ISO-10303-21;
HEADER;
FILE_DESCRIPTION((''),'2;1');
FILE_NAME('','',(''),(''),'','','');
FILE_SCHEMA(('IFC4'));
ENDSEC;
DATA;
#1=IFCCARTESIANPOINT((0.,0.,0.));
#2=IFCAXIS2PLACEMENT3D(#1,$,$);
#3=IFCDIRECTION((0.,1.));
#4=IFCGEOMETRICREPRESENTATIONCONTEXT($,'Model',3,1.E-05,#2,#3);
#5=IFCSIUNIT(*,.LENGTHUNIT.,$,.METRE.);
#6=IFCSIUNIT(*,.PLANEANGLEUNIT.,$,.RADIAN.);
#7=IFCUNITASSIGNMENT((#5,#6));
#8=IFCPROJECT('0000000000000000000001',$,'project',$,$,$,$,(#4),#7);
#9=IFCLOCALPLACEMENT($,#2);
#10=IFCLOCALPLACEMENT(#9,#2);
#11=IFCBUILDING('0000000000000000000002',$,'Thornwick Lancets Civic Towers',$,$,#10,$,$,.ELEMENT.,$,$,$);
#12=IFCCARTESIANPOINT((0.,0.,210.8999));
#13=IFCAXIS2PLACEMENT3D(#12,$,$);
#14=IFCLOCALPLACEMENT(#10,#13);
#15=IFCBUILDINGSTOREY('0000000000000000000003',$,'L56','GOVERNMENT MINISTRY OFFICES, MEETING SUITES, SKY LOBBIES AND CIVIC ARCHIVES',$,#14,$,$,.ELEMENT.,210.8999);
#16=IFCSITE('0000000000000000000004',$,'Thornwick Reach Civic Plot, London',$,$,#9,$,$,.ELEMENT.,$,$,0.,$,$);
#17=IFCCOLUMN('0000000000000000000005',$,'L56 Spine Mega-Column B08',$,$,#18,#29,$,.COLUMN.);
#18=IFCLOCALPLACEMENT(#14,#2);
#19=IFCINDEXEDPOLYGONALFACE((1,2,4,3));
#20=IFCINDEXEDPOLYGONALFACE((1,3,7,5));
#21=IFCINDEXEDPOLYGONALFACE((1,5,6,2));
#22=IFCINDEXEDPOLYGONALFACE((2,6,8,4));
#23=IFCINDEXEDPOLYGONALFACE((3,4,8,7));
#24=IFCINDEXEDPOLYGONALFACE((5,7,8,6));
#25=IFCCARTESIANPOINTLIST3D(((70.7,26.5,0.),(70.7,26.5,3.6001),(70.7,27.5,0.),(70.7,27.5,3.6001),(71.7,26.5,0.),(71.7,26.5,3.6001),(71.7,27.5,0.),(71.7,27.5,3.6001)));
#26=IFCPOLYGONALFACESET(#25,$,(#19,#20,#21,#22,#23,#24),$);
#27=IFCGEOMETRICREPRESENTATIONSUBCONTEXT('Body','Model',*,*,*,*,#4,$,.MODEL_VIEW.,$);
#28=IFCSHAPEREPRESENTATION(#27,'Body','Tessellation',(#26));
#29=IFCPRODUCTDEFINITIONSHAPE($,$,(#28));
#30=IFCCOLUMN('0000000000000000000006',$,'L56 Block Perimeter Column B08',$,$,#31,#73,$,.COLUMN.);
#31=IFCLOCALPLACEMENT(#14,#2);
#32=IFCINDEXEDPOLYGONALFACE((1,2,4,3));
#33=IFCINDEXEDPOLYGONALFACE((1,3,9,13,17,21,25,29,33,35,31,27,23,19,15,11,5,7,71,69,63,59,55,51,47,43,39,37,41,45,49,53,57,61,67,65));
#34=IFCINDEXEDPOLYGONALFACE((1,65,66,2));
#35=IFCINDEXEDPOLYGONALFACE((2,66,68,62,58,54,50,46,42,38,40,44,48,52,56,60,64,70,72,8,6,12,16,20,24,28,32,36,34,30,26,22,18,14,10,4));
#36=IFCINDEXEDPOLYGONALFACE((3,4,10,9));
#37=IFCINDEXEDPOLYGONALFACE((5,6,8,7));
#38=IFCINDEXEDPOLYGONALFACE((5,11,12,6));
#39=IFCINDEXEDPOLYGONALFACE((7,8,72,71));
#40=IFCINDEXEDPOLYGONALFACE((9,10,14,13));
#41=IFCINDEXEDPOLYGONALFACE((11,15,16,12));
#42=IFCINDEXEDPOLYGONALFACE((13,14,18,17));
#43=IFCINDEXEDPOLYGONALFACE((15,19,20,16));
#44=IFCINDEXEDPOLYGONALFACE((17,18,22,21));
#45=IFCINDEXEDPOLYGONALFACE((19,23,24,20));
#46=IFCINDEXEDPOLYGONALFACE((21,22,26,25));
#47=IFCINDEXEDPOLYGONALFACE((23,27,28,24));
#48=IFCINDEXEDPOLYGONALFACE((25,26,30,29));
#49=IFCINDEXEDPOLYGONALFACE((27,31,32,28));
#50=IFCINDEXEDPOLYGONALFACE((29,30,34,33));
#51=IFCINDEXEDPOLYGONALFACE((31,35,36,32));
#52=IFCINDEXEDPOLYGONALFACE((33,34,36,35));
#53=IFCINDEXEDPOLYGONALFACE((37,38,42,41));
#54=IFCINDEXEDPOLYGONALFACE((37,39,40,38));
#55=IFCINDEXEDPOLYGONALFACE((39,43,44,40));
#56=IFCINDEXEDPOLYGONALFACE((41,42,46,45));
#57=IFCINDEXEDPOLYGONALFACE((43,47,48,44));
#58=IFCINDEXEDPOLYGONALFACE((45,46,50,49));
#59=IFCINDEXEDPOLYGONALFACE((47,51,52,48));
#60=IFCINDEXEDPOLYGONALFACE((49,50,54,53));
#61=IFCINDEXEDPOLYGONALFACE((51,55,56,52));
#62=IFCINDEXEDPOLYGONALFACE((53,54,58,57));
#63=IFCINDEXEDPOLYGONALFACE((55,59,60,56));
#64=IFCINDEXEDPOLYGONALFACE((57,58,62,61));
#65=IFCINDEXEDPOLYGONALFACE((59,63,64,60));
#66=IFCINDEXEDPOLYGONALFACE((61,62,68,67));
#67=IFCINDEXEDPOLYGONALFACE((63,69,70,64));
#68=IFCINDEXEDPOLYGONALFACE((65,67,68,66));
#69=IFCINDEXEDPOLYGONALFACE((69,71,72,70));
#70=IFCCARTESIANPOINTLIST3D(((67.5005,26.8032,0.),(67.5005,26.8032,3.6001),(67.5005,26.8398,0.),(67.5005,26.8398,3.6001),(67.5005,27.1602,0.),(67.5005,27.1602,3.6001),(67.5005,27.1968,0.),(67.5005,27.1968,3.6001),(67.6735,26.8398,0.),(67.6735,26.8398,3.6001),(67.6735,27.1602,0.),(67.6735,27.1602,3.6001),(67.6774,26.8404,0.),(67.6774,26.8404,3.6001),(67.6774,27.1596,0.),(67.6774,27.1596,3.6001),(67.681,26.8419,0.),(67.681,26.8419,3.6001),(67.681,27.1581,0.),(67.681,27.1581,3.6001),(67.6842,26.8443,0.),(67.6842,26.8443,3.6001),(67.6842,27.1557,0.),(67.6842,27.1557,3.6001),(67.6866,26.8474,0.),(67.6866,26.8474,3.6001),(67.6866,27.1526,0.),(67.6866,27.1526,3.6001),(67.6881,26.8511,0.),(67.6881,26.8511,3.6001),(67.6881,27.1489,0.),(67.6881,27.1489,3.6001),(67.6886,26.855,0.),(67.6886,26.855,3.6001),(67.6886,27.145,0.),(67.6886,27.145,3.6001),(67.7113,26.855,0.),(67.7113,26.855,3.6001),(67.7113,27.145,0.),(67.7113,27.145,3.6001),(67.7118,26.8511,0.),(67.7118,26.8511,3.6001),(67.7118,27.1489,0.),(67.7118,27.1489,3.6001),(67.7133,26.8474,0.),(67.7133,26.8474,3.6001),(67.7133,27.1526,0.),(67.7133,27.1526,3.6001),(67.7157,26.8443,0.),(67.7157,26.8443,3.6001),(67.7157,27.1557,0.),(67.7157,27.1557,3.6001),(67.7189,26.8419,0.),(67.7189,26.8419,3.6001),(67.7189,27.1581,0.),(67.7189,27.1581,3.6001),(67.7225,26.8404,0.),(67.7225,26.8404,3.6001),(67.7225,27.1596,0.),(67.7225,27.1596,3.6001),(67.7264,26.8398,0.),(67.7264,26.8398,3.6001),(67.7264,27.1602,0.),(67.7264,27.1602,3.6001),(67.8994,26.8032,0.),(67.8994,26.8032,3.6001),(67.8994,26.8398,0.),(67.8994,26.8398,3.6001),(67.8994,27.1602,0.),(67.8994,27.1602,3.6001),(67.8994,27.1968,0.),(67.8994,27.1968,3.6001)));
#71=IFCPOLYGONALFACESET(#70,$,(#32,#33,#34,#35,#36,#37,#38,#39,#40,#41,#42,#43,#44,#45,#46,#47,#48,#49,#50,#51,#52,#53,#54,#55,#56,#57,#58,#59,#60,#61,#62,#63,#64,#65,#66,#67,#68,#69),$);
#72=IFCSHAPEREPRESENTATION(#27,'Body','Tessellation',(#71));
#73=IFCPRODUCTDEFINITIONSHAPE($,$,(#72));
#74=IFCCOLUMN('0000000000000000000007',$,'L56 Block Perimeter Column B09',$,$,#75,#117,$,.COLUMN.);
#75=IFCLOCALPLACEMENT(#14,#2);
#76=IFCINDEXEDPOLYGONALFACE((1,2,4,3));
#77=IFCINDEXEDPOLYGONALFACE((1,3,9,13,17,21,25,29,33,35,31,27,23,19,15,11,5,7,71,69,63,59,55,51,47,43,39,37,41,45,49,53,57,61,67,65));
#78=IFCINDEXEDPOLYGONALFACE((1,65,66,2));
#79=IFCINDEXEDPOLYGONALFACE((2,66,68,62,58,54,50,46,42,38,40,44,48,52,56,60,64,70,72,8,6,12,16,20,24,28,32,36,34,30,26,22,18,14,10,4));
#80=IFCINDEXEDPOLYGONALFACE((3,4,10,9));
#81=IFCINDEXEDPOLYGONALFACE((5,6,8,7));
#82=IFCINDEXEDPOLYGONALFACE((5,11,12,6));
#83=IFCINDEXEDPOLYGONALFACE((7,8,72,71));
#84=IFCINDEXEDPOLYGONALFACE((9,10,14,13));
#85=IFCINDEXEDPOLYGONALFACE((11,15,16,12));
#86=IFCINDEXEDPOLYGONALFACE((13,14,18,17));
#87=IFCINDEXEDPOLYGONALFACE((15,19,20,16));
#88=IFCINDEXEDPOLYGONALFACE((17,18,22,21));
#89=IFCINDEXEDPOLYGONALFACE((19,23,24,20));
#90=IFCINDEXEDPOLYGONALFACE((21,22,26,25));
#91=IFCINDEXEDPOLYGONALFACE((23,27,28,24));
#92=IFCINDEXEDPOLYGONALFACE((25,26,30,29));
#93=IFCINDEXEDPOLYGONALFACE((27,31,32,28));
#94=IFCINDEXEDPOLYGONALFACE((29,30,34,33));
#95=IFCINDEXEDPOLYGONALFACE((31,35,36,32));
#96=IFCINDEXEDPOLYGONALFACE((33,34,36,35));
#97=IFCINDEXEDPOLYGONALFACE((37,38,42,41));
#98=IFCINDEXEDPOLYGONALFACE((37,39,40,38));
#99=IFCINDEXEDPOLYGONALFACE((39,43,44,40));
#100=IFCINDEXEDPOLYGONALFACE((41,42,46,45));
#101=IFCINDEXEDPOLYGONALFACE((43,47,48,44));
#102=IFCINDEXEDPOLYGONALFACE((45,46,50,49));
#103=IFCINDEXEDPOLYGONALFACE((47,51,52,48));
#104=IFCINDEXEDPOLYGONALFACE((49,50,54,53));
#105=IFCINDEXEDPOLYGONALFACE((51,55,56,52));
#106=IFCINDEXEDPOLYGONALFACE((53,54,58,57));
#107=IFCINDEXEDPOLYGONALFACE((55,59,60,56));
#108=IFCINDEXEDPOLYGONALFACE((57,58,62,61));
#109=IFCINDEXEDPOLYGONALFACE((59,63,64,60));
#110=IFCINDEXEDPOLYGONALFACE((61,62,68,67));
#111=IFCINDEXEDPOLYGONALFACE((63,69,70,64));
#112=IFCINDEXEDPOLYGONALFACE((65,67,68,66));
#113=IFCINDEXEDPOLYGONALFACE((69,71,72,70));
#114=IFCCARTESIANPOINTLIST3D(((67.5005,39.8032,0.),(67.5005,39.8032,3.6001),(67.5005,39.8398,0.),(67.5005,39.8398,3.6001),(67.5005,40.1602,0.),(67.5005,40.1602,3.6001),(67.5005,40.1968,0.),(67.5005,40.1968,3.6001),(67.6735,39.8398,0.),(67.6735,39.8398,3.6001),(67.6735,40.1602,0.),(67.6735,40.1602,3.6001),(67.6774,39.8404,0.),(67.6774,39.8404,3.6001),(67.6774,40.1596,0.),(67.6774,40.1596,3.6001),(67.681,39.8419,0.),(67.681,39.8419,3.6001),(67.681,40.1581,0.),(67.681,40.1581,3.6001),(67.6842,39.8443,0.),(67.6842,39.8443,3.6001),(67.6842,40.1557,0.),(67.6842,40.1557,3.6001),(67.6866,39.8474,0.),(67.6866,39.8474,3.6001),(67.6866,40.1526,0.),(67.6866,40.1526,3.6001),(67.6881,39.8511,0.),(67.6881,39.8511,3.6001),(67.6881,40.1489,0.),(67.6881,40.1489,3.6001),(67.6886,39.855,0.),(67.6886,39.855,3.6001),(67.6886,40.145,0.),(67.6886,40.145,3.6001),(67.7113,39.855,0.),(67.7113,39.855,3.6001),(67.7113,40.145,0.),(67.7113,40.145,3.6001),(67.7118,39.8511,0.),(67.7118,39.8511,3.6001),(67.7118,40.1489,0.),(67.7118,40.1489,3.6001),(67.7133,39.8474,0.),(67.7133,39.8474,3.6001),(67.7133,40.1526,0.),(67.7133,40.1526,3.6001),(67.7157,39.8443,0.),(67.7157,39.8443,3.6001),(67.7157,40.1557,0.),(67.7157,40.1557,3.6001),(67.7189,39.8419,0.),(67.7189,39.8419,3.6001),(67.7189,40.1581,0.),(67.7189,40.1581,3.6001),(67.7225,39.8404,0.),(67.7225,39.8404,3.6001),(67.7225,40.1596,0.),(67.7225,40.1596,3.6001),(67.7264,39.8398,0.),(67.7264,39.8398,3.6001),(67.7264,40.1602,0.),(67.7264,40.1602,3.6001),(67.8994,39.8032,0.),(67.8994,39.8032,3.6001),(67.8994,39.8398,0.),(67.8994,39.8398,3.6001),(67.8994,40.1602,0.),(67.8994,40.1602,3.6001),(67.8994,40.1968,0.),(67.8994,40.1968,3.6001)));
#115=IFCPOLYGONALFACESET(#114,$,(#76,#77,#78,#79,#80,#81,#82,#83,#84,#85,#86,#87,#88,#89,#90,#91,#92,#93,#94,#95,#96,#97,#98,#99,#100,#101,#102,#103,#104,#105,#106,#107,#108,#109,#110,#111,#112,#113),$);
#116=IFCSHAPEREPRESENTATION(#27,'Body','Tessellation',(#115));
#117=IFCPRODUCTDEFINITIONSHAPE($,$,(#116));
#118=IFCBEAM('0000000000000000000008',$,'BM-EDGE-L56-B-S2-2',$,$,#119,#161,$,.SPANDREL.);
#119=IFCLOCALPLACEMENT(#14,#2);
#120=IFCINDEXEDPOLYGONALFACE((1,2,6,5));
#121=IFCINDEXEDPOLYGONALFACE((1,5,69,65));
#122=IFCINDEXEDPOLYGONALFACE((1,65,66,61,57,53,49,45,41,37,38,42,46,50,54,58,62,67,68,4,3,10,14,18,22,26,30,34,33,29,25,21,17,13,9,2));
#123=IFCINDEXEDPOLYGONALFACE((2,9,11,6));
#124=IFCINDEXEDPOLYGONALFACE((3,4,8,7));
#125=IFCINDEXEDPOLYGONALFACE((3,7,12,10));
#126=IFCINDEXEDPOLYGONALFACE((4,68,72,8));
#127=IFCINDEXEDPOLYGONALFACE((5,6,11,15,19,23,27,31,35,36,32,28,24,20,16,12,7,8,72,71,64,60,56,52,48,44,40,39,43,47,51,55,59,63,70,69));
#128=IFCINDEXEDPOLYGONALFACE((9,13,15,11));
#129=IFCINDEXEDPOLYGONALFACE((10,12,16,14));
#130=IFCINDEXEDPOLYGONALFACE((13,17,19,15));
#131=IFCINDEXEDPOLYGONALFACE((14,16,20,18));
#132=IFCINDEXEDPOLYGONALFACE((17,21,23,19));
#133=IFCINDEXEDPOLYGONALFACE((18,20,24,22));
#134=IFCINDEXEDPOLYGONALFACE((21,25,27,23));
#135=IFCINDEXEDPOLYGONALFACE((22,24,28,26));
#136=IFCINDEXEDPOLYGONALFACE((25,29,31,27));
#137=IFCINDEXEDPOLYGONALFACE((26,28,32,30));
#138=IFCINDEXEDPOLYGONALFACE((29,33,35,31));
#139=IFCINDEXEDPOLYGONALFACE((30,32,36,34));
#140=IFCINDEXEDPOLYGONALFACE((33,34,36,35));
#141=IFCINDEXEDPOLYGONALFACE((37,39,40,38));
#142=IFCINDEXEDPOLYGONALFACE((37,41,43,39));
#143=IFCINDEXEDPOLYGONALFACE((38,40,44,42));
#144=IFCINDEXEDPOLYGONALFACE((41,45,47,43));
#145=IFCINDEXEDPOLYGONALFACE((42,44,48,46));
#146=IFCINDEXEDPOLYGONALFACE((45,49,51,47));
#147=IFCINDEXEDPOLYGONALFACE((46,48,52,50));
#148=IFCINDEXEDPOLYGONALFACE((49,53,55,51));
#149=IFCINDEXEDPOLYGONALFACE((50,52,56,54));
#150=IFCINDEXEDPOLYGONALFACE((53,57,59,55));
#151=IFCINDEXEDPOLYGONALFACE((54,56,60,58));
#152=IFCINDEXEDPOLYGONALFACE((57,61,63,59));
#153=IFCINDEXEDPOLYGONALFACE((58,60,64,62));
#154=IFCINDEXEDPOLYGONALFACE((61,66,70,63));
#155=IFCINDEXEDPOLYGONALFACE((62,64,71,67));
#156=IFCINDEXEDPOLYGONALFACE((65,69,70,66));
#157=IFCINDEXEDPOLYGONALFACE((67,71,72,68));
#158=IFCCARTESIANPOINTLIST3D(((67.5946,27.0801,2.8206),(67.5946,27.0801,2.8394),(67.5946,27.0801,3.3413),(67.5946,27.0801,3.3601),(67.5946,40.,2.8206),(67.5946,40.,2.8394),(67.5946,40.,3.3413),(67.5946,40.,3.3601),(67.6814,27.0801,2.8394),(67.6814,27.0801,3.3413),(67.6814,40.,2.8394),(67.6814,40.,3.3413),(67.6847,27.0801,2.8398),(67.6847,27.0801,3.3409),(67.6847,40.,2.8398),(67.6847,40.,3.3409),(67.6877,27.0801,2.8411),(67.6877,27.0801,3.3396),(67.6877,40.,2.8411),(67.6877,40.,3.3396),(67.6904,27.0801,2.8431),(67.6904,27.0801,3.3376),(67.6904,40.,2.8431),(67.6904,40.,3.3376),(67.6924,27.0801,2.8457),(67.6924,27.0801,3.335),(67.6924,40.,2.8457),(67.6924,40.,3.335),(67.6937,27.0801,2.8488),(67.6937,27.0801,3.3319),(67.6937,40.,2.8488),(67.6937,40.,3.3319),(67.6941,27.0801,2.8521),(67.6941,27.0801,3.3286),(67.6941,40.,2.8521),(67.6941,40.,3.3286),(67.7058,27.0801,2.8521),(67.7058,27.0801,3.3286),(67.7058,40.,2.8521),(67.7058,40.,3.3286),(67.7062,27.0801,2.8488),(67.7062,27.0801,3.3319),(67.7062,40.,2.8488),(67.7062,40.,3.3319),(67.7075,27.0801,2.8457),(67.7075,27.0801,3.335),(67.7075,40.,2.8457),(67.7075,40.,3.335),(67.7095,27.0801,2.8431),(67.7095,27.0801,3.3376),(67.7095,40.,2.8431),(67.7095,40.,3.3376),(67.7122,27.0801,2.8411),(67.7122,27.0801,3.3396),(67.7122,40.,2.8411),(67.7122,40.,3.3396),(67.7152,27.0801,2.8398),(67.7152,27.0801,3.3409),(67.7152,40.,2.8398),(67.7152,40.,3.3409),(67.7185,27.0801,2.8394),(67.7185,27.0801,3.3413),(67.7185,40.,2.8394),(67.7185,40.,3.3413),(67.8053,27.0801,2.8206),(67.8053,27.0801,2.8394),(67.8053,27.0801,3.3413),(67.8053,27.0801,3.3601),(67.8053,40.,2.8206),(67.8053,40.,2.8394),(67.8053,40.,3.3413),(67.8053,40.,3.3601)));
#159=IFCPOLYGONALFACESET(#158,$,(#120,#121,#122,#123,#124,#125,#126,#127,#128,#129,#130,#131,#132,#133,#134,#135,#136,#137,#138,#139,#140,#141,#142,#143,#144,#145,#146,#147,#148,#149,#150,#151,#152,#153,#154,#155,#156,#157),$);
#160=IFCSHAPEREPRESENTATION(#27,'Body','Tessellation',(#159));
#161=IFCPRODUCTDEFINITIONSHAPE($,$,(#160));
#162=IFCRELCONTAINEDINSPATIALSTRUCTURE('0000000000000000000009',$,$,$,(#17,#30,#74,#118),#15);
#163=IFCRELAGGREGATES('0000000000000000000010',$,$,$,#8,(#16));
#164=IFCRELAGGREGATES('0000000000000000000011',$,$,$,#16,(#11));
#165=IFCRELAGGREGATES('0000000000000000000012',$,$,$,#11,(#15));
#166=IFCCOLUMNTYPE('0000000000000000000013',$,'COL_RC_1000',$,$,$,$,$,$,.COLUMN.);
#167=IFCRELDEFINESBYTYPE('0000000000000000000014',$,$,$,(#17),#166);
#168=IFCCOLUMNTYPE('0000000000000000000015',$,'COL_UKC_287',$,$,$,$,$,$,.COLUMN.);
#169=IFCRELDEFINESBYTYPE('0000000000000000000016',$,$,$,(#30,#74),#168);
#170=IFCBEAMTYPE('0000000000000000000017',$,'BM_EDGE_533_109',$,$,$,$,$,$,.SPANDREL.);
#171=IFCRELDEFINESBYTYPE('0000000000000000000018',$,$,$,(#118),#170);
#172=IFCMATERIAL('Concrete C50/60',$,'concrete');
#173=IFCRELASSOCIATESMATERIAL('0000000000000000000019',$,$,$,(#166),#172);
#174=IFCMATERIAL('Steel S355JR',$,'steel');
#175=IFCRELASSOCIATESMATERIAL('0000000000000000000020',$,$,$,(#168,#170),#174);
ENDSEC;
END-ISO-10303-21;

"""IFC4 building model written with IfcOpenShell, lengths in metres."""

from ifc_helpers import new_model, si_unit, direction, frame, origin, origin_2d, place, context, subcontext, project, spatial, rectangle, i_section, extrude, material, material_profile, profile_set, type_object, element, save


model = new_model("IFC4")

# Units and contexts
model_context = context("Model", 3, precision=1e-05, world=origin(), true_north=direction((0.0, 1.0)))
body_context = subcontext(model_context, "Body", "Model", "MODEL_VIEW")
ifc_project = project(units=[si_unit("LENGTHUNIT", "METRE"), si_unit("PLANEANGLEUNIT", "RADIAN")], contexts=[model_context])

# Site, building, storey
site_placement = place(None, origin())
site = spatial("IfcSite", under=ifc_project, at=site_placement, Name="Thornwick Reach Civic Plot, London", CompositionType="ELEMENT", RefElevation=0.0)
building_placement = place(site_placement, origin())
building = spatial("IfcBuilding", under=site, at=building_placement, Name="Thornwick Lancets Civic Towers", CompositionType="ELEMENT")
storey_placement = place(building_placement, frame((0.0, 0.0, 210.8999)))
storey = spatial("IfcBuildingStorey", under=building, at=storey_placement, Name="L56", Description="GOVERNMENT MINISTRY OFFICES, MEETING SUITES, SKY LOBBIES AND CIVIC ARCHIVES", CompositionType="ELEMENT", Elevation=210.8999)

# Columns
ifc_material_1 = material(Name="Concrete C50/60", Category="concrete")
ifc_material_profile_1 = material_profile(ifc_material_1, rectangle(XDim=1.0, YDim=1.0, at=origin_2d()), Name="RC 1000x1000")
ifc_profile_set_1 = profile_set([ifc_material_profile_1], Name="Concrete C50/60")
column_type_1 = type_object("IfcColumnType", Name="COL_RC_1000", PredefinedType="COLUMN", material=ifc_profile_set_1)
column_placement = place(storey_placement, frame((71.2, 27.0, 0.0), z_axis=(0.0, 0.0, 1.0), x_axis=(1.0, 0.0, 0.0)))
element("IfcColumn", 1, at=column_placement, inside=storey, type_object=column_type_1, Name="L56 Spine Mega-Column B08", PredefinedType="COLUMN", context=body_context, shape_type="SweptSolid", body=[
    extrude(rectangle(XDim=1.0, YDim=1.0, at=origin_2d()), origin(), (0.0, 0.0, 1.0), 3.6001),
])
ifc_material_2 = material(Name="Steel S355JR", Category="steel")
ifc_material_profile_2 = material_profile(ifc_material_2, i_section(OverallWidth=0.3989, OverallDepth=0.3936, WebThickness=0.0227, FlangeThickness=0.0366, FilletRadius=0.0151, at=origin_2d()), Name="UKC 356x406x287")
ifc_profile_set_2 = profile_set([ifc_material_profile_2], Name="Steel S355JR")
column_type_2 = type_object("IfcColumnType", Name="COL_UKC_287", PredefinedType="COLUMN", material=ifc_profile_set_2)
for number, where, z_axis, x_axis, name in (
    (2, (67.7, 27.0, 0.0), (0.0, 0.0, 1.0), (1.0, 0.0, 0.0), "L56 Block Perimeter Column B08"),
    (3, (67.7, 40.0, 0.0), (0.0, 0.0, 1.0), (1.0, 0.0, 0.0), "L56 Block Perimeter Column B09"),
):
    element("IfcColumn", number, at=place(storey_placement, frame(where, z_axis=z_axis, x_axis=x_axis)), inside=storey, type_object=column_type_2, Name=name, PredefinedType="COLUMN", context=body_context, shape_type="SweptSolid", body=[
        extrude(i_section(OverallWidth=0.3989, OverallDepth=0.3936, WebThickness=0.0227, FlangeThickness=0.0366, FilletRadius=0.0151, at=origin_2d()), origin(), (0.0, 0.0, 1.0), 3.6001),
    ])

# Beam
ifc_material_profile_3 = material_profile(ifc_material_2, i_section(OverallWidth=0.2107, OverallDepth=0.5396, WebThickness=0.0117, FlangeThickness=0.0188, FilletRadius=0.0127, at=origin_2d()), Name="UKB 533x210x109")
ifc_profile_set_3 = profile_set([ifc_material_profile_3], Name="Steel S355JR")
beam_type_1 = type_object("IfcBeamType", Name="BM_EDGE_533_109", PredefinedType="SPANDREL", material=ifc_profile_set_3)
beam_1_placement = place(storey_placement, frame((67.7, 27.0801, 3.0903), z_axis=(0.0, 1.0, 0.0), x_axis=(-1.0, 0.0, 0.0)))
element("IfcBeam", 4, at=beam_1_placement, inside=storey, type_object=beam_type_1, Name="BM-EDGE-L56-B-S2-2", PredefinedType="SPANDREL", context=body_context, shape_type="SweptSolid", body=[
    extrude(i_section(OverallWidth=0.2107, OverallDepth=0.5396, WebThickness=0.0117, FlangeThickness=0.0188, FilletRadius=0.0127, at=origin_2d()), origin(), (0.0, 0.0, 1.0), 12.9199),
])

save(model, "model.ifc")
